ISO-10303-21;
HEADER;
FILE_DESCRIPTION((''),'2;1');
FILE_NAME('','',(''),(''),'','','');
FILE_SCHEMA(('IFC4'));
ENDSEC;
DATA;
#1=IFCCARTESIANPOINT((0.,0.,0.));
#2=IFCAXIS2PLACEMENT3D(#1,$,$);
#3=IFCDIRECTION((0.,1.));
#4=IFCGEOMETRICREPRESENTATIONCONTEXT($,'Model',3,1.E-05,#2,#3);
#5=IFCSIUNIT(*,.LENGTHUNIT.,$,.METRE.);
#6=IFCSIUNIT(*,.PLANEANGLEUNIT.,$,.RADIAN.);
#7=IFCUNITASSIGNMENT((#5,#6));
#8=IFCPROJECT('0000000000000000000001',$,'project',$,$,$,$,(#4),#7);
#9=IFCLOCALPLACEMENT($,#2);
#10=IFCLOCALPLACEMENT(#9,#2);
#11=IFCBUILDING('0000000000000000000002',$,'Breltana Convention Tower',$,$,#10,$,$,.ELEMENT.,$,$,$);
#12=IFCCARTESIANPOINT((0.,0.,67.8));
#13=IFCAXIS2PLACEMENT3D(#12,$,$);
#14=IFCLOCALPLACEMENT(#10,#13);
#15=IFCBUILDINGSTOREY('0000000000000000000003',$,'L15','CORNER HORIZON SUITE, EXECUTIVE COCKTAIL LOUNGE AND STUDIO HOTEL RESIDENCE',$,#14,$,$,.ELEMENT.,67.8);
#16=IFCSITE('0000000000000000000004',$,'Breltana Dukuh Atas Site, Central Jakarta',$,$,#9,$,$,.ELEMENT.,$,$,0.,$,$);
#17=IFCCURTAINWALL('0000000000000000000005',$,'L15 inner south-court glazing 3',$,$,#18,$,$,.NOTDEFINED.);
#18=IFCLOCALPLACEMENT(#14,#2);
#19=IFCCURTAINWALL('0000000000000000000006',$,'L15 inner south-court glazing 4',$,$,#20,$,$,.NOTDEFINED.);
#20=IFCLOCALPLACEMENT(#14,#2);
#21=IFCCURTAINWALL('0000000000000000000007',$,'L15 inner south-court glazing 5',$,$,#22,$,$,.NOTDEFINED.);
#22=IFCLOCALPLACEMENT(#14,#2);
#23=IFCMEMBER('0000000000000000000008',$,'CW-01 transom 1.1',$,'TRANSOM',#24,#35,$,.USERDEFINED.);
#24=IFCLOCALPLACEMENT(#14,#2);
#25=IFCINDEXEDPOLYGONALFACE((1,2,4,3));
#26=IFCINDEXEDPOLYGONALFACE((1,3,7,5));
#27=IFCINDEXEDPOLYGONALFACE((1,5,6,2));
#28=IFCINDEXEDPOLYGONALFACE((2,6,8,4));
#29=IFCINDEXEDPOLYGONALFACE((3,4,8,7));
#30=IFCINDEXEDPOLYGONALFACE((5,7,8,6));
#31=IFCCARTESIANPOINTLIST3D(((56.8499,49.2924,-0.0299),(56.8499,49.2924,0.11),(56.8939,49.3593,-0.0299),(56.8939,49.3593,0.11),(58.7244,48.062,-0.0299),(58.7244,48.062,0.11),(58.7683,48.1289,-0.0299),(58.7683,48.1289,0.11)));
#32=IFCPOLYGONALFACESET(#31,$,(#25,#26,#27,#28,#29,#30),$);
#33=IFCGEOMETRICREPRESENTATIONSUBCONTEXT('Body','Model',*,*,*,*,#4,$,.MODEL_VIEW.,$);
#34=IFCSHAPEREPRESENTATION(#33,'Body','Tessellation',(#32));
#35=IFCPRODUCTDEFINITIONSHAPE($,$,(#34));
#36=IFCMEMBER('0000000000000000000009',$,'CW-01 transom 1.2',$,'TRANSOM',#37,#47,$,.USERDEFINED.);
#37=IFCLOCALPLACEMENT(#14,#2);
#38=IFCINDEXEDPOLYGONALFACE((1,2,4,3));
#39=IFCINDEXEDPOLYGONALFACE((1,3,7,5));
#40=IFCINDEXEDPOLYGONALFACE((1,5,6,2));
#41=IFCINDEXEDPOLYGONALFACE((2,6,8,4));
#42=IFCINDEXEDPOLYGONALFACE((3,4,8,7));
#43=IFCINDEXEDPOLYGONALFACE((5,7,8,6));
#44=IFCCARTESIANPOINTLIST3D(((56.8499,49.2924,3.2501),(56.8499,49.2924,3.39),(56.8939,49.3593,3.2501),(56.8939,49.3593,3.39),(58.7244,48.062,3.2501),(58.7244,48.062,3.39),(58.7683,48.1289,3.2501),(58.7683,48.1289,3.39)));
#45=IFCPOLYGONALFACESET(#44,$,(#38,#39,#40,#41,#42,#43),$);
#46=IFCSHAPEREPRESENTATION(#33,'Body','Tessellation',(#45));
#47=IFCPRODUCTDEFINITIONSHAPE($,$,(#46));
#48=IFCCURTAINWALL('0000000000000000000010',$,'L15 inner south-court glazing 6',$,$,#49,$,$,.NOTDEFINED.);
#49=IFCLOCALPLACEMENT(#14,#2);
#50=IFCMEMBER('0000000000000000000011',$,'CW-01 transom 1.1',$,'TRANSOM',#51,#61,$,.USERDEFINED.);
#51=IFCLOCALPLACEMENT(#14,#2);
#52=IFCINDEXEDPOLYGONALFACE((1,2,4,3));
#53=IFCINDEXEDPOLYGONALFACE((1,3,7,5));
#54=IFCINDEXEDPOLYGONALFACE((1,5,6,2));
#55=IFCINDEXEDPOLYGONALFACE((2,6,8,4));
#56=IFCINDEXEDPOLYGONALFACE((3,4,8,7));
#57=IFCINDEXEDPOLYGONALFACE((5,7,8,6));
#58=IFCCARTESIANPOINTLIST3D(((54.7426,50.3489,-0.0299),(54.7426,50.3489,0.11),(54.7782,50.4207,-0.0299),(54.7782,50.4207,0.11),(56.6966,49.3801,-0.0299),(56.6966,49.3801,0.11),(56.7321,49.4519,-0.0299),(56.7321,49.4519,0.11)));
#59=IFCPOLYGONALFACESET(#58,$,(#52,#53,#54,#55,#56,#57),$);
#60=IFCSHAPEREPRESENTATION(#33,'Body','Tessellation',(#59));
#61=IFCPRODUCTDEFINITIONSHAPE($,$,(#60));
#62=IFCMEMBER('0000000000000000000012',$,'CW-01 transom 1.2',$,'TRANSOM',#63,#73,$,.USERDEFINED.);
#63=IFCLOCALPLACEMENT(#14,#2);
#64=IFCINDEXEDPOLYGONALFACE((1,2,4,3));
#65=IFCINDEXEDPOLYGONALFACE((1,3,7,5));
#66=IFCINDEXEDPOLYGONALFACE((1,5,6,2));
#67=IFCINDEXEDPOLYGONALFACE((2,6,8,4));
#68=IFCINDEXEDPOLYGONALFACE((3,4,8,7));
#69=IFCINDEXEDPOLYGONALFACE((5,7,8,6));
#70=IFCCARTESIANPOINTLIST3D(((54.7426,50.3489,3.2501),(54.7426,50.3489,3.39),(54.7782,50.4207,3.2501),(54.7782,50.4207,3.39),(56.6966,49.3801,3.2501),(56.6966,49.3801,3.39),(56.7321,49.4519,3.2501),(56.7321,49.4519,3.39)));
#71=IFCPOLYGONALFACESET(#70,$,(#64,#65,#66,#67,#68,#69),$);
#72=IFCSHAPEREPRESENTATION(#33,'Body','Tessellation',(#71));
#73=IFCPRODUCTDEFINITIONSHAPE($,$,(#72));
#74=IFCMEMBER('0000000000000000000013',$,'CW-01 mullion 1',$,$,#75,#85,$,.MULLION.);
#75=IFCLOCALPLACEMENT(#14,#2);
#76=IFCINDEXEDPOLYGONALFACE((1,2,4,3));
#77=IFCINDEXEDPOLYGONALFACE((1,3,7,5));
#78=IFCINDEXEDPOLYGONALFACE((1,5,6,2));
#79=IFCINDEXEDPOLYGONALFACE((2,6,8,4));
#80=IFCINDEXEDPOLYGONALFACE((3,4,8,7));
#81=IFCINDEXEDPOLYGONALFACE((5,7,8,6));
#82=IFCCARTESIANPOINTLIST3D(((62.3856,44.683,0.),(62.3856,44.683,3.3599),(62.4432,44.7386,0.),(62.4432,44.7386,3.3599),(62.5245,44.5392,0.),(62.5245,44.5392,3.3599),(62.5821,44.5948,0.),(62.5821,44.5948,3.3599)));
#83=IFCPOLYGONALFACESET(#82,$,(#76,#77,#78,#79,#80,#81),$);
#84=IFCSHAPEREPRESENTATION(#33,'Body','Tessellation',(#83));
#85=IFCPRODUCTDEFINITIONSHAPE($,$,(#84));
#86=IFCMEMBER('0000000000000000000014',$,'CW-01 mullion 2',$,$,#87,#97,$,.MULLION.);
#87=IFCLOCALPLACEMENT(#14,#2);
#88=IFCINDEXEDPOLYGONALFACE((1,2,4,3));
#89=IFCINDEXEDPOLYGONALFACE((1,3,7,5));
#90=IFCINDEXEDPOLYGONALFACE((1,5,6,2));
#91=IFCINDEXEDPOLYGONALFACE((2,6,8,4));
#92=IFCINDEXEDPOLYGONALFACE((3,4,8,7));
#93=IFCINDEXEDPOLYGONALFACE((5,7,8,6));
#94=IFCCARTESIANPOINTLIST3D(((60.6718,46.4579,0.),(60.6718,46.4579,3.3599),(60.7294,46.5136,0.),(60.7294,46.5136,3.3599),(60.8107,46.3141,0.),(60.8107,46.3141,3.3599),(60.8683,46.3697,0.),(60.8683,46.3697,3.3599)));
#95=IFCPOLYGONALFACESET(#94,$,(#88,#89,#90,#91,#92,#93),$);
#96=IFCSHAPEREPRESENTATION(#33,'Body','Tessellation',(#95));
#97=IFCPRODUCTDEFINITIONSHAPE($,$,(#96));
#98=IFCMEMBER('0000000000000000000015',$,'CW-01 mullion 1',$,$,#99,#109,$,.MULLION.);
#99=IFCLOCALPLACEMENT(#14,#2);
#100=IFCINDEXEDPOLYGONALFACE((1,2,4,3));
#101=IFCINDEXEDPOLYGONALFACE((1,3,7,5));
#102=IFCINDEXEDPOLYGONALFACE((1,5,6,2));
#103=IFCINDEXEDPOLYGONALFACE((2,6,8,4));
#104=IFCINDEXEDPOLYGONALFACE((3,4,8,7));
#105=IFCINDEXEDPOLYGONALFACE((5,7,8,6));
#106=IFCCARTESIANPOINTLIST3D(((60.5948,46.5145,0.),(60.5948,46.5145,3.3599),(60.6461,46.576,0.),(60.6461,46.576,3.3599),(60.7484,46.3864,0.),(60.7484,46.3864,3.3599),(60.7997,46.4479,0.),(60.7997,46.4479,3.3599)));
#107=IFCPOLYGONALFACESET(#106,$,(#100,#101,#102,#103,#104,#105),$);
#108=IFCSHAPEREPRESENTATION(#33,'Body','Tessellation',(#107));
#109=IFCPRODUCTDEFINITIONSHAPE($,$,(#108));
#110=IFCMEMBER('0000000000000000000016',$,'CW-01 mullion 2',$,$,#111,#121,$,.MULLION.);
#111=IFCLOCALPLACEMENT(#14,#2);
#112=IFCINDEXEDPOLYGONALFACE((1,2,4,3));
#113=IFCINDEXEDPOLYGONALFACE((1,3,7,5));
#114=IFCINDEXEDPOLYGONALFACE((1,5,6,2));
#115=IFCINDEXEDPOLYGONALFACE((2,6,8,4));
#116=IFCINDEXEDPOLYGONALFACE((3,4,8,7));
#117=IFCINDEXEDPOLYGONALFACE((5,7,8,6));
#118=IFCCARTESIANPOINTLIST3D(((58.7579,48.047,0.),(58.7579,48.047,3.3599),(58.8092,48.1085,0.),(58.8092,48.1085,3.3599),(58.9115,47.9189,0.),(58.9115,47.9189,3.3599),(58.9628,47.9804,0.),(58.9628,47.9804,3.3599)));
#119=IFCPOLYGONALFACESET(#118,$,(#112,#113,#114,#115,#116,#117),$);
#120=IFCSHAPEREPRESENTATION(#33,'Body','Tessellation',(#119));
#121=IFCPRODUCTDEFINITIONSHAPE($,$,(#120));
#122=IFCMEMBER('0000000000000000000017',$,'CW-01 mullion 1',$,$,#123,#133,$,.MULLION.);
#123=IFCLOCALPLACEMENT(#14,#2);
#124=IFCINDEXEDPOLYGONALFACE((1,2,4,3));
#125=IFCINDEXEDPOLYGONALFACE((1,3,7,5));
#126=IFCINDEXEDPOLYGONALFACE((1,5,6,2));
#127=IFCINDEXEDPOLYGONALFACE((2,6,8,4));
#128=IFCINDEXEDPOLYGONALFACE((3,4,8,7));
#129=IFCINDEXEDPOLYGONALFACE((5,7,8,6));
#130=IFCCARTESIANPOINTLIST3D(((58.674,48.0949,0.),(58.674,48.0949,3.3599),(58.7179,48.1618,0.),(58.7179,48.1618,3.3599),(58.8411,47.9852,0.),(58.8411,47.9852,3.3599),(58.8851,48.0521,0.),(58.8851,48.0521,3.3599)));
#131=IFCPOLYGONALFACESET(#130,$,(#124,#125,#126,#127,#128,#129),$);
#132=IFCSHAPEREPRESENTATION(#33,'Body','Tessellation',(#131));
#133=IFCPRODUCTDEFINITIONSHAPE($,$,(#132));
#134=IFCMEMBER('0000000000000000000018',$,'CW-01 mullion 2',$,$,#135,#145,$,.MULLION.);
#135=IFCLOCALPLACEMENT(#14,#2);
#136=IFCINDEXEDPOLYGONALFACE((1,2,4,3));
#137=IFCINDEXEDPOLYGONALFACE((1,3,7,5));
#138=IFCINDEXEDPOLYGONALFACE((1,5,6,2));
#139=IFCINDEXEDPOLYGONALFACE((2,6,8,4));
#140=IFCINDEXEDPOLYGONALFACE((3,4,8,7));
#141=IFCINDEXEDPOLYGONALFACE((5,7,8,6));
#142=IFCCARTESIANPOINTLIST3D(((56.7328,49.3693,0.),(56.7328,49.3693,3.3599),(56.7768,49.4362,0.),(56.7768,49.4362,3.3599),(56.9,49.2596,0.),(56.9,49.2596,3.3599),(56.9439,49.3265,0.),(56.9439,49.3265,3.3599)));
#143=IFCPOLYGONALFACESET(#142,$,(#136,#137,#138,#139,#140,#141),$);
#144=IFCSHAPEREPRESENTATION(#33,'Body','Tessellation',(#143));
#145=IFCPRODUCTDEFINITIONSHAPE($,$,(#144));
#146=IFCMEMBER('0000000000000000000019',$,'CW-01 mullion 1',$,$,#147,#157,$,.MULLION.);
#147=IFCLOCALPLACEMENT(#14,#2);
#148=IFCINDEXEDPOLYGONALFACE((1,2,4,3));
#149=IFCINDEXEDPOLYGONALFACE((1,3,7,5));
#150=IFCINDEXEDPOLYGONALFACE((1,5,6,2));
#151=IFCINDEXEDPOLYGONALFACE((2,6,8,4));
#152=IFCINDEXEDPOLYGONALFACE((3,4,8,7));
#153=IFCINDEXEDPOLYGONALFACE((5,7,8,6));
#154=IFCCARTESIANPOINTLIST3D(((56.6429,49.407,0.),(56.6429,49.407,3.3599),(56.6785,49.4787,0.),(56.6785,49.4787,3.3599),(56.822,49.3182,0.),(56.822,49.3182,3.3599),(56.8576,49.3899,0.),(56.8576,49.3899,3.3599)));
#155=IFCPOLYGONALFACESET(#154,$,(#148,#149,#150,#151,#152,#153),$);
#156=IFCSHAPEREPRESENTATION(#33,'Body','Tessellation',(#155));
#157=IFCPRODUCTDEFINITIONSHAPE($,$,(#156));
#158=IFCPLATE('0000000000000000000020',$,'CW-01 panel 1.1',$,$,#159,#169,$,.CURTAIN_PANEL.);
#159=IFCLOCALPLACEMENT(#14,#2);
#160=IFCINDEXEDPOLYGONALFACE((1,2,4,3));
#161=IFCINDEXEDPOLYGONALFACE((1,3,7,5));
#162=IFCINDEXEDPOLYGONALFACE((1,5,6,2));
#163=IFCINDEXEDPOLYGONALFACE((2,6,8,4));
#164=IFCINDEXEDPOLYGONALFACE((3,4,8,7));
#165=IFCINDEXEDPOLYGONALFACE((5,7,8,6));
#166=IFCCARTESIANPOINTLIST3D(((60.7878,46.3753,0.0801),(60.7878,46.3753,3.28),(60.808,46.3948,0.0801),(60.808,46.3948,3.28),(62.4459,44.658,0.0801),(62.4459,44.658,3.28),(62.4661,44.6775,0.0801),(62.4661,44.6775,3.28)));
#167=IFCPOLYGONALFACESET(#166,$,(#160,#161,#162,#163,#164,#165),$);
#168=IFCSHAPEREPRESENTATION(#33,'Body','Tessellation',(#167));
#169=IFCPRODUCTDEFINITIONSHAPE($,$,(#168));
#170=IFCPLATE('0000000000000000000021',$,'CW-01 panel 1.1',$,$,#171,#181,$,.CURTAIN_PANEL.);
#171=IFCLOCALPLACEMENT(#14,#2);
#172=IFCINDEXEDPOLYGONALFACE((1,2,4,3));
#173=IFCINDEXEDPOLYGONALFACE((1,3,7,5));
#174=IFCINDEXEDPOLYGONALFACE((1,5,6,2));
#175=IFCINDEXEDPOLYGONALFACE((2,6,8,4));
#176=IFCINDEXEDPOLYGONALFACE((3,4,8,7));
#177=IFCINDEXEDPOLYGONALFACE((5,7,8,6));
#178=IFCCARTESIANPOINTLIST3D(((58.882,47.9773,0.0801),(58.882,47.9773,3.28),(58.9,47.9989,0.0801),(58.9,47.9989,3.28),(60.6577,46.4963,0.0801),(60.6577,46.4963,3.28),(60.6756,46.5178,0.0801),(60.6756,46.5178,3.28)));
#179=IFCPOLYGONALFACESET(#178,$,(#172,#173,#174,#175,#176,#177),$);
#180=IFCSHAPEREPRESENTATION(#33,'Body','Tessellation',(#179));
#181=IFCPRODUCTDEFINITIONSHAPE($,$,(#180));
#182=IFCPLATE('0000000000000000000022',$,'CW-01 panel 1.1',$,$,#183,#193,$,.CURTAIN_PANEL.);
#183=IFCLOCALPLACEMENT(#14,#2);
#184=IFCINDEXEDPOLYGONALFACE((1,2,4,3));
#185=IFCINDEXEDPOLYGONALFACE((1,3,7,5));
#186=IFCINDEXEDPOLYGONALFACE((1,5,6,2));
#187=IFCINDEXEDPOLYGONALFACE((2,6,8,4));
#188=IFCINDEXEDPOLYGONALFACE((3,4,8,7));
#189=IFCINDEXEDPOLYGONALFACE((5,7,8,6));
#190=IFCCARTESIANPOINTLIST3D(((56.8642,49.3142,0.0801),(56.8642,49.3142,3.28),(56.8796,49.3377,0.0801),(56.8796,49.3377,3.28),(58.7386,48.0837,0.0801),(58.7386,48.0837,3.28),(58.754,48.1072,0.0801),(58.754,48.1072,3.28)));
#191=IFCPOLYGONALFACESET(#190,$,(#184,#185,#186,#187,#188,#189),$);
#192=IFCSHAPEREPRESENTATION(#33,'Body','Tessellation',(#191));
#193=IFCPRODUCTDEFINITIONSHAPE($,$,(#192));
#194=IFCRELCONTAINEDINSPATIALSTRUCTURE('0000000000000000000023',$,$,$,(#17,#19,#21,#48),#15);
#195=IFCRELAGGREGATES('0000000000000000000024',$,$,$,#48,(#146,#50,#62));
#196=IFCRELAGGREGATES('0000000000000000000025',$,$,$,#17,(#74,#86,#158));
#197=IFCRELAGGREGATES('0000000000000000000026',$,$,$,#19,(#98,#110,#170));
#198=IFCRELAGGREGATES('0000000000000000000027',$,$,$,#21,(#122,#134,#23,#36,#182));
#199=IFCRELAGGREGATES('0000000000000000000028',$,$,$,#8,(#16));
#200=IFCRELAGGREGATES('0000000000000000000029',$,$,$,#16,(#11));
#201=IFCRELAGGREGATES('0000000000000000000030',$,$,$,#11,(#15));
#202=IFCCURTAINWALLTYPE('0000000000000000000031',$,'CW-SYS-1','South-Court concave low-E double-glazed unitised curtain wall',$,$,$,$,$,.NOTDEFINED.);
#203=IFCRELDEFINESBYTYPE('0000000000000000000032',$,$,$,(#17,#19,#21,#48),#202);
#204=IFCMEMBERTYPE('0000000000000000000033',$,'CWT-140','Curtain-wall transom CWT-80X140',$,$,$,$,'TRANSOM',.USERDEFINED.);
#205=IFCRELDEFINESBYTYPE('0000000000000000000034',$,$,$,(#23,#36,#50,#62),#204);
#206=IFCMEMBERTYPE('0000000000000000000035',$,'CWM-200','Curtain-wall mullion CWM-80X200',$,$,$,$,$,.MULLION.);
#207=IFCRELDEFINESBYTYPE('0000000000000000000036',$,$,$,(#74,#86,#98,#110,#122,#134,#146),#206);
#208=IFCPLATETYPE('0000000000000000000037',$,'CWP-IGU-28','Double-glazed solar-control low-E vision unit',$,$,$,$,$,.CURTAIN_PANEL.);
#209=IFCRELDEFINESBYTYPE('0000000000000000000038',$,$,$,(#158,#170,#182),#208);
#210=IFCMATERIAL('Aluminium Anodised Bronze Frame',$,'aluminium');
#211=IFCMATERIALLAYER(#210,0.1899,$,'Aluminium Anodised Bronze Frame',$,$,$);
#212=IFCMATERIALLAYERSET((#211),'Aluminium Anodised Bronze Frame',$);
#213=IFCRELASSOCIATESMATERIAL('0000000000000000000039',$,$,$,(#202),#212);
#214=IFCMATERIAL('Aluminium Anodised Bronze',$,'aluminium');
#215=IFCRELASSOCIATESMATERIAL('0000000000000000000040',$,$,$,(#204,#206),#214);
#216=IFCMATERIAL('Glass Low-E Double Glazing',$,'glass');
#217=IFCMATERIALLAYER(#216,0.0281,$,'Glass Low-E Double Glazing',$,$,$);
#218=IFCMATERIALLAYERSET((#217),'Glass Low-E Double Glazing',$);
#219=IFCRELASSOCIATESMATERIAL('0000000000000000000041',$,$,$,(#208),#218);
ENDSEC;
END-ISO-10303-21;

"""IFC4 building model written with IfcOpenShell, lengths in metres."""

from ifc_helpers import new_model, si_unit, direction, frame, origin, origin_2d, place, context, subcontext, project, spatial, rectangle, extrude, source, transform, mapped, material, layer, layer_set, material_profile, profile_set, type_object, element, aggregate, save


model = new_model("IFC4")

# Units and contexts
model_context = context("Model", 3, precision=1e-05, world=origin(), true_north=direction((0.0, 1.0)))
body_context = subcontext(model_context, "Body", "Model", "MODEL_VIEW")
ifc_project = project(units=[si_unit("LENGTHUNIT", "METRE"), si_unit("PLANEANGLEUNIT", "RADIAN")], contexts=[model_context])

# Site, building, storey
site_placement = place(None, origin())
site = spatial("IfcSite", under=ifc_project, at=site_placement, Name="Breltana Dukuh Atas Site, Central Jakarta", CompositionType="ELEMENT", RefElevation=0.0)
building_placement = place(site_placement, origin())
building = spatial("IfcBuilding", under=site, at=building_placement, Name="Breltana Convention Tower", CompositionType="ELEMENT")
storey_placement = place(building_placement, frame((0.0, 0.0, 67.8)))
storey = spatial("IfcBuildingStorey", under=building, at=storey_placement, Name="L15", Description="CORNER HORIZON SUITE, EXECUTIVE COCKTAIL LOUNGE AND STUDIO HOTEL RESIDENCE", CompositionType="ELEMENT", Elevation=67.8)

# Curtain walls, members
ifc_material_1 = material(Name="Aluminium Anodised Bronze Frame", Category="aluminium")
ifc_layer_1 = layer(ifc_material_1, 0.1899, Name="Aluminium Anodised Bronze Frame")
ifc_layer_set_1 = layer_set([ifc_layer_1], Name="Aluminium Anodised Bronze Frame")
curtain_wall_type = type_object("IfcCurtainWallType", Name="CW-SYS-1", Description="South-Court concave low-E double-glazed unitised curtain wall", PredefinedType="NOTDEFINED", material=ifc_layer_set_1)
curtain_wall_1_placement = place(storey_placement, origin())
curtain_wall_1 = element("IfcCurtainWall", 1, at=curtain_wall_1_placement, inside=storey, type_object=curtain_wall_type, Name="L15 inner south-court glazing 3", PredefinedType="NOTDEFINED")
ifc_material_2 = material(Name="Aluminium Anodised Bronze", Category="aluminium")
ifc_material_profile_1 = material_profile(ifc_material_2, rectangle(XDim=0.0801, YDim=0.1399, at=origin_2d()), Name="CWT-80X140")
ifc_profile_set_1 = profile_set([ifc_material_profile_1], Name="Aluminium Anodised Bronze")
member_type_1 = type_object("IfcMemberType", Name="CWT-140", Description="Curtain-wall transom CWT-80X140", ElementType="TRANSOM", PredefinedType="USERDEFINED", material=ifc_profile_set_1)
curtain_wall_2_placement = place(storey_placement, origin())
curtain_wall_2 = element("IfcCurtainWall", 2, at=curtain_wall_2_placement, inside=storey, type_object=curtain_wall_type, Name="L15 inner south-court glazing 4", PredefinedType="NOTDEFINED")
curtain_wall_3_placement = place(storey_placement, origin())
curtain_wall_3 = element("IfcCurtainWall", 3, at=curtain_wall_3_placement, inside=storey, type_object=curtain_wall_type, Name="L15 inner south-court glazing 5", PredefinedType="NOTDEFINED")
shared_shape_1 = source(origin(), body_context, "Body", "SweptSolid", [
    extrude(rectangle(XDim=0.0801, YDim=0.1399, at=origin_2d()), origin(), (0.0, 0.0, 1.0), 2.2422),
])
member_1_placement = place(storey_placement, frame((58.7463, 48.0955, 0.04), z_axis=(-0.835982, 0.548756, 0.0), x_axis=(-0.548756, -0.835982, 0.0)))
member_1 = element("IfcMember", 4, at=member_1_placement, type_object=member_type_1, Name="CW-01 transom 1.1", ObjectType="TRANSOM", PredefinedType="USERDEFINED", context=body_context, shape_type="MappedRepresentation", body=[
    mapped(shared_shape_1, transform((0.0, 0.0, 0.0), scale=1.0)),
])
member_2_placement = place(storey_placement, frame((58.7463, 48.0955, 3.3201), z_axis=(-0.835982, 0.548756, 0.0), x_axis=(-0.548756, -0.835982, 0.0)))
member_2 = element("IfcMember", 5, at=member_2_placement, type_object=member_type_1, Name="CW-01 transom 1.2", ObjectType="TRANSOM", PredefinedType="USERDEFINED", context=body_context, shape_type="MappedRepresentation", body=[
    mapped(shared_shape_1, transform((0.0, 0.0, 0.0), scale=1.0)),
])
curtain_wall_4_placement = place(storey_placement, origin())
curtain_wall_4 = element("IfcCurtainWall", 6, at=curtain_wall_4_placement, inside=storey, type_object=curtain_wall_type, Name="L15 inner south-court glazing 6", PredefinedType="NOTDEFINED")
shared_shape_2 = source(origin(), body_context, "Body", "SweptSolid", [
    extrude(rectangle(XDim=0.0801, YDim=0.1399, at=origin_2d()), origin(), (0.0, 0.0, 1.0), 2.1809),
])
member_3_placement = place(storey_placement, frame((56.7144, 49.416, 0.04), z_axis=(-0.895922, 0.444211, 0.0), x_axis=(-0.444211, -0.895922, 0.0)))
member_3 = element("IfcMember", 7, at=member_3_placement, type_object=member_type_1, Name="CW-01 transom 1.1", ObjectType="TRANSOM", PredefinedType="USERDEFINED", context=body_context, shape_type="MappedRepresentation", body=[
    mapped(shared_shape_2, transform((0.0, 0.0, 0.0), scale=1.0)),
])
member_4_placement = place(storey_placement, frame((56.7144, 49.416, 3.3201), z_axis=(-0.895922, 0.444211, 0.0), x_axis=(-0.444211, -0.895922, 0.0)))
member_4 = element("IfcMember", 8, at=member_4_placement, type_object=member_type_1, Name="CW-01 transom 1.2", ObjectType="TRANSOM", PredefinedType="USERDEFINED", context=body_context, shape_type="MappedRepresentation", body=[
    mapped(shared_shape_2, transform((0.0, 0.0, 0.0), scale=1.0)),
])

# Members
ifc_material_profile_2 = material_profile(ifc_material_2, rectangle(XDim=0.0801, YDim=0.2, at=origin_2d()), Name="CWM-80X200")
ifc_profile_set_2 = profile_set([ifc_material_profile_2], Name="Aluminium Anodised Bronze")
member_type_2 = type_object("IfcMemberType", Name="CWM-200", Description="Curtain-wall mullion CWM-80X200", PredefinedType="MULLION", material=ifc_profile_set_2)
shared_shape_3 = source(origin(), body_context, "Body", "SweptSolid", [
    extrude(rectangle(XDim=0.0801, YDim=0.2, at=origin_2d()), origin(), (0.0, 0.0, 1.0), 3.3599),
])
member_5_placement = place(storey_placement, frame((62.4839, 44.6389, 0.0), z_axis=(0.0, 0.0, 1.0), x_axis=(-0.719385, -0.694612, 0.0)))
member_5 = element("IfcMember", 9, at=member_5_placement, type_object=member_type_2, Name="CW-01 mullion 1", PredefinedType="MULLION", context=body_context, shape_type="MappedRepresentation", body=[
    mapped(shared_shape_3, transform((0.0, 0.0, 0.0), scale=1.0)),
])
member_6_placement = place(storey_placement, frame((60.77, 46.4138, 0.0), z_axis=(0.0, 0.0, 1.0), x_axis=(-0.719385, -0.694612, 0.0)))
member_6 = element("IfcMember", 10, at=member_6_placement, type_object=member_type_2, Name="CW-01 mullion 2", PredefinedType="MULLION", context=body_context, shape_type="MappedRepresentation", body=[
    mapped(shared_shape_3, transform((0.0, 0.0, 0.0), scale=1.0)),
])
member_7_placement = place(storey_placement, frame((60.6973, 46.4812, 0.0), z_axis=(0.0, 0.0, 1.0), x_axis=(-0.640523, -0.767939, 0.0)))
member_7 = element("IfcMember", 11, at=member_7_placement, type_object=member_type_2, Name="CW-01 mullion 1", PredefinedType="MULLION", context=body_context, shape_type="MappedRepresentation", body=[
    mapped(shared_shape_3, transform((0.0, 0.0, 0.0), scale=1.0)),
])
member_8_placement = place(storey_placement, frame((58.8604, 48.0137, 0.0), z_axis=(0.0, 0.0, 1.0), x_axis=(-0.640523, -0.767939, 0.0)))
member_8 = element("IfcMember", 12, at=member_8_placement, type_object=member_type_2, Name="CW-01 mullion 2", PredefinedType="MULLION", context=body_context, shape_type="MappedRepresentation", body=[
    mapped(shared_shape_3, transform((0.0, 0.0, 0.0), scale=1.0)),
])
member_9_placement = place(storey_placement, frame((58.7795, 48.0735, 0.0), z_axis=(0.0, 0.0, 1.0), x_axis=(-0.548778, -0.835968, 0.0)))
member_9 = element("IfcMember", 13, at=member_9_placement, type_object=member_type_2, Name="CW-01 mullion 1", PredefinedType="MULLION", context=body_context, shape_type="MappedRepresentation", body=[
    mapped(shared_shape_3, transform((0.0, 0.0, 0.0), scale=1.0)),
])
member_10_placement = place(storey_placement, frame((56.8384, 49.3479, 0.0), z_axis=(0.0, 0.0, 1.0), x_axis=(-0.548778, -0.835968, 0.0)))
member_10 = element("IfcMember", 14, at=member_10_placement, type_object=member_type_2, Name="CW-01 mullion 2", PredefinedType="MULLION", context=body_context, shape_type="MappedRepresentation", body=[
    mapped(shared_shape_3, transform((0.0, 0.0, 0.0), scale=1.0)),
])
member_11_placement = place(storey_placement, frame((56.7502, 49.3984, 0.0), z_axis=(0.0, 0.0, 1.0), x_axis=(-0.444118, -0.895968, 0.0)))
member_11 = element("IfcMember", 15, at=member_11_placement, type_object=member_type_2, Name="CW-01 mullion 1", PredefinedType="MULLION", context=body_context, shape_type="MappedRepresentation", body=[
    mapped(shared_shape_3, transform((0.0, 0.0, 0.0), scale=1.0)),
])
aggregate(curtain_wall_4, [member_11, member_3, member_4])

# Plates
ifc_material_3 = material(Name="Glass Low-E Double Glazing", Category="glass")
ifc_layer_2 = layer(ifc_material_3, 0.0281, Name="Glass Low-E Double Glazing")
ifc_layer_set_2 = layer_set([ifc_layer_2], Name="Glass Low-E Double Glazing")
plate_type = type_object("IfcPlateType", Name="CWP-IGU-28", Description="Double-glazed solar-control low-E vision unit", PredefinedType="CURTAIN_PANEL", material=ifc_layer_set_2)
shared_shape_4 = source(origin(), body_context, "Body", "SweptSolid", [
    extrude(rectangle(XDim=2.3872, YDim=0.0281, at=origin_2d()), origin(), (0.0, 0.0, 1.0), 3.2),
])
plate_1_placement = place(storey_placement, frame((61.627, 45.5264, 0.0801), z_axis=(0.0, 0.0, 1.0), x_axis=(-0.694612, 0.719385, 0.0)))
plate_1 = element("IfcPlate", 16, at=plate_1_placement, type_object=plate_type, Name="CW-01 panel 1.1", PredefinedType="CURTAIN_PANEL", context=body_context, shape_type="MappedRepresentation", body=[
    mapped(shared_shape_4, transform((0.0, 0.0, 0.0), scale=1.0)),
])
aggregate(curtain_wall_1, [member_5, member_6, plate_1])
shared_shape_5 = source(origin(), body_context, "Body", "SweptSolid", [
    extrude(rectangle(XDim=2.3123, YDim=0.0281, at=origin_2d()), origin(), (0.0, 0.0, 1.0), 3.2),
])
plate_2_placement = place(storey_placement, frame((59.7788, 47.2476, 0.0801), z_axis=(0.0, 0.0, 1.0), x_axis=(-0.767939, 0.640523, 0.0)))
plate_2 = element("IfcPlate", 17, at=plate_2_placement, type_object=plate_type, Name="CW-01 panel 1.1", PredefinedType="CURTAIN_PANEL", context=body_context, shape_type="MappedRepresentation", body=[
    mapped(shared_shape_5, transform((0.0, 0.0, 0.0), scale=1.0)),
])
aggregate(curtain_wall_2, [member_7, member_8, plate_2])
shared_shape_6 = source(origin(), body_context, "Body", "SweptSolid", [
    extrude(rectangle(XDim=2.2422, YDim=0.0281, at=origin_2d()), origin(), (0.0, 0.0, 1.0), 3.2),
])
plate_3_placement = place(storey_placement, frame((57.8091, 48.7107, 0.0801), z_axis=(0.0, 0.0, 1.0), x_axis=(-0.835968, 0.548778, 0.0)))
plate_3 = element("IfcPlate", 18, at=plate_3_placement, type_object=plate_type, Name="CW-01 panel 1.1", PredefinedType="CURTAIN_PANEL", context=body_context, shape_type="MappedRepresentation", body=[
    mapped(shared_shape_6, transform((0.0, 0.0, 0.0), scale=1.0)),
])
aggregate(curtain_wall_3, [member_9, member_10, member_1, member_2, plate_3])

save(model, "model.ifc")
